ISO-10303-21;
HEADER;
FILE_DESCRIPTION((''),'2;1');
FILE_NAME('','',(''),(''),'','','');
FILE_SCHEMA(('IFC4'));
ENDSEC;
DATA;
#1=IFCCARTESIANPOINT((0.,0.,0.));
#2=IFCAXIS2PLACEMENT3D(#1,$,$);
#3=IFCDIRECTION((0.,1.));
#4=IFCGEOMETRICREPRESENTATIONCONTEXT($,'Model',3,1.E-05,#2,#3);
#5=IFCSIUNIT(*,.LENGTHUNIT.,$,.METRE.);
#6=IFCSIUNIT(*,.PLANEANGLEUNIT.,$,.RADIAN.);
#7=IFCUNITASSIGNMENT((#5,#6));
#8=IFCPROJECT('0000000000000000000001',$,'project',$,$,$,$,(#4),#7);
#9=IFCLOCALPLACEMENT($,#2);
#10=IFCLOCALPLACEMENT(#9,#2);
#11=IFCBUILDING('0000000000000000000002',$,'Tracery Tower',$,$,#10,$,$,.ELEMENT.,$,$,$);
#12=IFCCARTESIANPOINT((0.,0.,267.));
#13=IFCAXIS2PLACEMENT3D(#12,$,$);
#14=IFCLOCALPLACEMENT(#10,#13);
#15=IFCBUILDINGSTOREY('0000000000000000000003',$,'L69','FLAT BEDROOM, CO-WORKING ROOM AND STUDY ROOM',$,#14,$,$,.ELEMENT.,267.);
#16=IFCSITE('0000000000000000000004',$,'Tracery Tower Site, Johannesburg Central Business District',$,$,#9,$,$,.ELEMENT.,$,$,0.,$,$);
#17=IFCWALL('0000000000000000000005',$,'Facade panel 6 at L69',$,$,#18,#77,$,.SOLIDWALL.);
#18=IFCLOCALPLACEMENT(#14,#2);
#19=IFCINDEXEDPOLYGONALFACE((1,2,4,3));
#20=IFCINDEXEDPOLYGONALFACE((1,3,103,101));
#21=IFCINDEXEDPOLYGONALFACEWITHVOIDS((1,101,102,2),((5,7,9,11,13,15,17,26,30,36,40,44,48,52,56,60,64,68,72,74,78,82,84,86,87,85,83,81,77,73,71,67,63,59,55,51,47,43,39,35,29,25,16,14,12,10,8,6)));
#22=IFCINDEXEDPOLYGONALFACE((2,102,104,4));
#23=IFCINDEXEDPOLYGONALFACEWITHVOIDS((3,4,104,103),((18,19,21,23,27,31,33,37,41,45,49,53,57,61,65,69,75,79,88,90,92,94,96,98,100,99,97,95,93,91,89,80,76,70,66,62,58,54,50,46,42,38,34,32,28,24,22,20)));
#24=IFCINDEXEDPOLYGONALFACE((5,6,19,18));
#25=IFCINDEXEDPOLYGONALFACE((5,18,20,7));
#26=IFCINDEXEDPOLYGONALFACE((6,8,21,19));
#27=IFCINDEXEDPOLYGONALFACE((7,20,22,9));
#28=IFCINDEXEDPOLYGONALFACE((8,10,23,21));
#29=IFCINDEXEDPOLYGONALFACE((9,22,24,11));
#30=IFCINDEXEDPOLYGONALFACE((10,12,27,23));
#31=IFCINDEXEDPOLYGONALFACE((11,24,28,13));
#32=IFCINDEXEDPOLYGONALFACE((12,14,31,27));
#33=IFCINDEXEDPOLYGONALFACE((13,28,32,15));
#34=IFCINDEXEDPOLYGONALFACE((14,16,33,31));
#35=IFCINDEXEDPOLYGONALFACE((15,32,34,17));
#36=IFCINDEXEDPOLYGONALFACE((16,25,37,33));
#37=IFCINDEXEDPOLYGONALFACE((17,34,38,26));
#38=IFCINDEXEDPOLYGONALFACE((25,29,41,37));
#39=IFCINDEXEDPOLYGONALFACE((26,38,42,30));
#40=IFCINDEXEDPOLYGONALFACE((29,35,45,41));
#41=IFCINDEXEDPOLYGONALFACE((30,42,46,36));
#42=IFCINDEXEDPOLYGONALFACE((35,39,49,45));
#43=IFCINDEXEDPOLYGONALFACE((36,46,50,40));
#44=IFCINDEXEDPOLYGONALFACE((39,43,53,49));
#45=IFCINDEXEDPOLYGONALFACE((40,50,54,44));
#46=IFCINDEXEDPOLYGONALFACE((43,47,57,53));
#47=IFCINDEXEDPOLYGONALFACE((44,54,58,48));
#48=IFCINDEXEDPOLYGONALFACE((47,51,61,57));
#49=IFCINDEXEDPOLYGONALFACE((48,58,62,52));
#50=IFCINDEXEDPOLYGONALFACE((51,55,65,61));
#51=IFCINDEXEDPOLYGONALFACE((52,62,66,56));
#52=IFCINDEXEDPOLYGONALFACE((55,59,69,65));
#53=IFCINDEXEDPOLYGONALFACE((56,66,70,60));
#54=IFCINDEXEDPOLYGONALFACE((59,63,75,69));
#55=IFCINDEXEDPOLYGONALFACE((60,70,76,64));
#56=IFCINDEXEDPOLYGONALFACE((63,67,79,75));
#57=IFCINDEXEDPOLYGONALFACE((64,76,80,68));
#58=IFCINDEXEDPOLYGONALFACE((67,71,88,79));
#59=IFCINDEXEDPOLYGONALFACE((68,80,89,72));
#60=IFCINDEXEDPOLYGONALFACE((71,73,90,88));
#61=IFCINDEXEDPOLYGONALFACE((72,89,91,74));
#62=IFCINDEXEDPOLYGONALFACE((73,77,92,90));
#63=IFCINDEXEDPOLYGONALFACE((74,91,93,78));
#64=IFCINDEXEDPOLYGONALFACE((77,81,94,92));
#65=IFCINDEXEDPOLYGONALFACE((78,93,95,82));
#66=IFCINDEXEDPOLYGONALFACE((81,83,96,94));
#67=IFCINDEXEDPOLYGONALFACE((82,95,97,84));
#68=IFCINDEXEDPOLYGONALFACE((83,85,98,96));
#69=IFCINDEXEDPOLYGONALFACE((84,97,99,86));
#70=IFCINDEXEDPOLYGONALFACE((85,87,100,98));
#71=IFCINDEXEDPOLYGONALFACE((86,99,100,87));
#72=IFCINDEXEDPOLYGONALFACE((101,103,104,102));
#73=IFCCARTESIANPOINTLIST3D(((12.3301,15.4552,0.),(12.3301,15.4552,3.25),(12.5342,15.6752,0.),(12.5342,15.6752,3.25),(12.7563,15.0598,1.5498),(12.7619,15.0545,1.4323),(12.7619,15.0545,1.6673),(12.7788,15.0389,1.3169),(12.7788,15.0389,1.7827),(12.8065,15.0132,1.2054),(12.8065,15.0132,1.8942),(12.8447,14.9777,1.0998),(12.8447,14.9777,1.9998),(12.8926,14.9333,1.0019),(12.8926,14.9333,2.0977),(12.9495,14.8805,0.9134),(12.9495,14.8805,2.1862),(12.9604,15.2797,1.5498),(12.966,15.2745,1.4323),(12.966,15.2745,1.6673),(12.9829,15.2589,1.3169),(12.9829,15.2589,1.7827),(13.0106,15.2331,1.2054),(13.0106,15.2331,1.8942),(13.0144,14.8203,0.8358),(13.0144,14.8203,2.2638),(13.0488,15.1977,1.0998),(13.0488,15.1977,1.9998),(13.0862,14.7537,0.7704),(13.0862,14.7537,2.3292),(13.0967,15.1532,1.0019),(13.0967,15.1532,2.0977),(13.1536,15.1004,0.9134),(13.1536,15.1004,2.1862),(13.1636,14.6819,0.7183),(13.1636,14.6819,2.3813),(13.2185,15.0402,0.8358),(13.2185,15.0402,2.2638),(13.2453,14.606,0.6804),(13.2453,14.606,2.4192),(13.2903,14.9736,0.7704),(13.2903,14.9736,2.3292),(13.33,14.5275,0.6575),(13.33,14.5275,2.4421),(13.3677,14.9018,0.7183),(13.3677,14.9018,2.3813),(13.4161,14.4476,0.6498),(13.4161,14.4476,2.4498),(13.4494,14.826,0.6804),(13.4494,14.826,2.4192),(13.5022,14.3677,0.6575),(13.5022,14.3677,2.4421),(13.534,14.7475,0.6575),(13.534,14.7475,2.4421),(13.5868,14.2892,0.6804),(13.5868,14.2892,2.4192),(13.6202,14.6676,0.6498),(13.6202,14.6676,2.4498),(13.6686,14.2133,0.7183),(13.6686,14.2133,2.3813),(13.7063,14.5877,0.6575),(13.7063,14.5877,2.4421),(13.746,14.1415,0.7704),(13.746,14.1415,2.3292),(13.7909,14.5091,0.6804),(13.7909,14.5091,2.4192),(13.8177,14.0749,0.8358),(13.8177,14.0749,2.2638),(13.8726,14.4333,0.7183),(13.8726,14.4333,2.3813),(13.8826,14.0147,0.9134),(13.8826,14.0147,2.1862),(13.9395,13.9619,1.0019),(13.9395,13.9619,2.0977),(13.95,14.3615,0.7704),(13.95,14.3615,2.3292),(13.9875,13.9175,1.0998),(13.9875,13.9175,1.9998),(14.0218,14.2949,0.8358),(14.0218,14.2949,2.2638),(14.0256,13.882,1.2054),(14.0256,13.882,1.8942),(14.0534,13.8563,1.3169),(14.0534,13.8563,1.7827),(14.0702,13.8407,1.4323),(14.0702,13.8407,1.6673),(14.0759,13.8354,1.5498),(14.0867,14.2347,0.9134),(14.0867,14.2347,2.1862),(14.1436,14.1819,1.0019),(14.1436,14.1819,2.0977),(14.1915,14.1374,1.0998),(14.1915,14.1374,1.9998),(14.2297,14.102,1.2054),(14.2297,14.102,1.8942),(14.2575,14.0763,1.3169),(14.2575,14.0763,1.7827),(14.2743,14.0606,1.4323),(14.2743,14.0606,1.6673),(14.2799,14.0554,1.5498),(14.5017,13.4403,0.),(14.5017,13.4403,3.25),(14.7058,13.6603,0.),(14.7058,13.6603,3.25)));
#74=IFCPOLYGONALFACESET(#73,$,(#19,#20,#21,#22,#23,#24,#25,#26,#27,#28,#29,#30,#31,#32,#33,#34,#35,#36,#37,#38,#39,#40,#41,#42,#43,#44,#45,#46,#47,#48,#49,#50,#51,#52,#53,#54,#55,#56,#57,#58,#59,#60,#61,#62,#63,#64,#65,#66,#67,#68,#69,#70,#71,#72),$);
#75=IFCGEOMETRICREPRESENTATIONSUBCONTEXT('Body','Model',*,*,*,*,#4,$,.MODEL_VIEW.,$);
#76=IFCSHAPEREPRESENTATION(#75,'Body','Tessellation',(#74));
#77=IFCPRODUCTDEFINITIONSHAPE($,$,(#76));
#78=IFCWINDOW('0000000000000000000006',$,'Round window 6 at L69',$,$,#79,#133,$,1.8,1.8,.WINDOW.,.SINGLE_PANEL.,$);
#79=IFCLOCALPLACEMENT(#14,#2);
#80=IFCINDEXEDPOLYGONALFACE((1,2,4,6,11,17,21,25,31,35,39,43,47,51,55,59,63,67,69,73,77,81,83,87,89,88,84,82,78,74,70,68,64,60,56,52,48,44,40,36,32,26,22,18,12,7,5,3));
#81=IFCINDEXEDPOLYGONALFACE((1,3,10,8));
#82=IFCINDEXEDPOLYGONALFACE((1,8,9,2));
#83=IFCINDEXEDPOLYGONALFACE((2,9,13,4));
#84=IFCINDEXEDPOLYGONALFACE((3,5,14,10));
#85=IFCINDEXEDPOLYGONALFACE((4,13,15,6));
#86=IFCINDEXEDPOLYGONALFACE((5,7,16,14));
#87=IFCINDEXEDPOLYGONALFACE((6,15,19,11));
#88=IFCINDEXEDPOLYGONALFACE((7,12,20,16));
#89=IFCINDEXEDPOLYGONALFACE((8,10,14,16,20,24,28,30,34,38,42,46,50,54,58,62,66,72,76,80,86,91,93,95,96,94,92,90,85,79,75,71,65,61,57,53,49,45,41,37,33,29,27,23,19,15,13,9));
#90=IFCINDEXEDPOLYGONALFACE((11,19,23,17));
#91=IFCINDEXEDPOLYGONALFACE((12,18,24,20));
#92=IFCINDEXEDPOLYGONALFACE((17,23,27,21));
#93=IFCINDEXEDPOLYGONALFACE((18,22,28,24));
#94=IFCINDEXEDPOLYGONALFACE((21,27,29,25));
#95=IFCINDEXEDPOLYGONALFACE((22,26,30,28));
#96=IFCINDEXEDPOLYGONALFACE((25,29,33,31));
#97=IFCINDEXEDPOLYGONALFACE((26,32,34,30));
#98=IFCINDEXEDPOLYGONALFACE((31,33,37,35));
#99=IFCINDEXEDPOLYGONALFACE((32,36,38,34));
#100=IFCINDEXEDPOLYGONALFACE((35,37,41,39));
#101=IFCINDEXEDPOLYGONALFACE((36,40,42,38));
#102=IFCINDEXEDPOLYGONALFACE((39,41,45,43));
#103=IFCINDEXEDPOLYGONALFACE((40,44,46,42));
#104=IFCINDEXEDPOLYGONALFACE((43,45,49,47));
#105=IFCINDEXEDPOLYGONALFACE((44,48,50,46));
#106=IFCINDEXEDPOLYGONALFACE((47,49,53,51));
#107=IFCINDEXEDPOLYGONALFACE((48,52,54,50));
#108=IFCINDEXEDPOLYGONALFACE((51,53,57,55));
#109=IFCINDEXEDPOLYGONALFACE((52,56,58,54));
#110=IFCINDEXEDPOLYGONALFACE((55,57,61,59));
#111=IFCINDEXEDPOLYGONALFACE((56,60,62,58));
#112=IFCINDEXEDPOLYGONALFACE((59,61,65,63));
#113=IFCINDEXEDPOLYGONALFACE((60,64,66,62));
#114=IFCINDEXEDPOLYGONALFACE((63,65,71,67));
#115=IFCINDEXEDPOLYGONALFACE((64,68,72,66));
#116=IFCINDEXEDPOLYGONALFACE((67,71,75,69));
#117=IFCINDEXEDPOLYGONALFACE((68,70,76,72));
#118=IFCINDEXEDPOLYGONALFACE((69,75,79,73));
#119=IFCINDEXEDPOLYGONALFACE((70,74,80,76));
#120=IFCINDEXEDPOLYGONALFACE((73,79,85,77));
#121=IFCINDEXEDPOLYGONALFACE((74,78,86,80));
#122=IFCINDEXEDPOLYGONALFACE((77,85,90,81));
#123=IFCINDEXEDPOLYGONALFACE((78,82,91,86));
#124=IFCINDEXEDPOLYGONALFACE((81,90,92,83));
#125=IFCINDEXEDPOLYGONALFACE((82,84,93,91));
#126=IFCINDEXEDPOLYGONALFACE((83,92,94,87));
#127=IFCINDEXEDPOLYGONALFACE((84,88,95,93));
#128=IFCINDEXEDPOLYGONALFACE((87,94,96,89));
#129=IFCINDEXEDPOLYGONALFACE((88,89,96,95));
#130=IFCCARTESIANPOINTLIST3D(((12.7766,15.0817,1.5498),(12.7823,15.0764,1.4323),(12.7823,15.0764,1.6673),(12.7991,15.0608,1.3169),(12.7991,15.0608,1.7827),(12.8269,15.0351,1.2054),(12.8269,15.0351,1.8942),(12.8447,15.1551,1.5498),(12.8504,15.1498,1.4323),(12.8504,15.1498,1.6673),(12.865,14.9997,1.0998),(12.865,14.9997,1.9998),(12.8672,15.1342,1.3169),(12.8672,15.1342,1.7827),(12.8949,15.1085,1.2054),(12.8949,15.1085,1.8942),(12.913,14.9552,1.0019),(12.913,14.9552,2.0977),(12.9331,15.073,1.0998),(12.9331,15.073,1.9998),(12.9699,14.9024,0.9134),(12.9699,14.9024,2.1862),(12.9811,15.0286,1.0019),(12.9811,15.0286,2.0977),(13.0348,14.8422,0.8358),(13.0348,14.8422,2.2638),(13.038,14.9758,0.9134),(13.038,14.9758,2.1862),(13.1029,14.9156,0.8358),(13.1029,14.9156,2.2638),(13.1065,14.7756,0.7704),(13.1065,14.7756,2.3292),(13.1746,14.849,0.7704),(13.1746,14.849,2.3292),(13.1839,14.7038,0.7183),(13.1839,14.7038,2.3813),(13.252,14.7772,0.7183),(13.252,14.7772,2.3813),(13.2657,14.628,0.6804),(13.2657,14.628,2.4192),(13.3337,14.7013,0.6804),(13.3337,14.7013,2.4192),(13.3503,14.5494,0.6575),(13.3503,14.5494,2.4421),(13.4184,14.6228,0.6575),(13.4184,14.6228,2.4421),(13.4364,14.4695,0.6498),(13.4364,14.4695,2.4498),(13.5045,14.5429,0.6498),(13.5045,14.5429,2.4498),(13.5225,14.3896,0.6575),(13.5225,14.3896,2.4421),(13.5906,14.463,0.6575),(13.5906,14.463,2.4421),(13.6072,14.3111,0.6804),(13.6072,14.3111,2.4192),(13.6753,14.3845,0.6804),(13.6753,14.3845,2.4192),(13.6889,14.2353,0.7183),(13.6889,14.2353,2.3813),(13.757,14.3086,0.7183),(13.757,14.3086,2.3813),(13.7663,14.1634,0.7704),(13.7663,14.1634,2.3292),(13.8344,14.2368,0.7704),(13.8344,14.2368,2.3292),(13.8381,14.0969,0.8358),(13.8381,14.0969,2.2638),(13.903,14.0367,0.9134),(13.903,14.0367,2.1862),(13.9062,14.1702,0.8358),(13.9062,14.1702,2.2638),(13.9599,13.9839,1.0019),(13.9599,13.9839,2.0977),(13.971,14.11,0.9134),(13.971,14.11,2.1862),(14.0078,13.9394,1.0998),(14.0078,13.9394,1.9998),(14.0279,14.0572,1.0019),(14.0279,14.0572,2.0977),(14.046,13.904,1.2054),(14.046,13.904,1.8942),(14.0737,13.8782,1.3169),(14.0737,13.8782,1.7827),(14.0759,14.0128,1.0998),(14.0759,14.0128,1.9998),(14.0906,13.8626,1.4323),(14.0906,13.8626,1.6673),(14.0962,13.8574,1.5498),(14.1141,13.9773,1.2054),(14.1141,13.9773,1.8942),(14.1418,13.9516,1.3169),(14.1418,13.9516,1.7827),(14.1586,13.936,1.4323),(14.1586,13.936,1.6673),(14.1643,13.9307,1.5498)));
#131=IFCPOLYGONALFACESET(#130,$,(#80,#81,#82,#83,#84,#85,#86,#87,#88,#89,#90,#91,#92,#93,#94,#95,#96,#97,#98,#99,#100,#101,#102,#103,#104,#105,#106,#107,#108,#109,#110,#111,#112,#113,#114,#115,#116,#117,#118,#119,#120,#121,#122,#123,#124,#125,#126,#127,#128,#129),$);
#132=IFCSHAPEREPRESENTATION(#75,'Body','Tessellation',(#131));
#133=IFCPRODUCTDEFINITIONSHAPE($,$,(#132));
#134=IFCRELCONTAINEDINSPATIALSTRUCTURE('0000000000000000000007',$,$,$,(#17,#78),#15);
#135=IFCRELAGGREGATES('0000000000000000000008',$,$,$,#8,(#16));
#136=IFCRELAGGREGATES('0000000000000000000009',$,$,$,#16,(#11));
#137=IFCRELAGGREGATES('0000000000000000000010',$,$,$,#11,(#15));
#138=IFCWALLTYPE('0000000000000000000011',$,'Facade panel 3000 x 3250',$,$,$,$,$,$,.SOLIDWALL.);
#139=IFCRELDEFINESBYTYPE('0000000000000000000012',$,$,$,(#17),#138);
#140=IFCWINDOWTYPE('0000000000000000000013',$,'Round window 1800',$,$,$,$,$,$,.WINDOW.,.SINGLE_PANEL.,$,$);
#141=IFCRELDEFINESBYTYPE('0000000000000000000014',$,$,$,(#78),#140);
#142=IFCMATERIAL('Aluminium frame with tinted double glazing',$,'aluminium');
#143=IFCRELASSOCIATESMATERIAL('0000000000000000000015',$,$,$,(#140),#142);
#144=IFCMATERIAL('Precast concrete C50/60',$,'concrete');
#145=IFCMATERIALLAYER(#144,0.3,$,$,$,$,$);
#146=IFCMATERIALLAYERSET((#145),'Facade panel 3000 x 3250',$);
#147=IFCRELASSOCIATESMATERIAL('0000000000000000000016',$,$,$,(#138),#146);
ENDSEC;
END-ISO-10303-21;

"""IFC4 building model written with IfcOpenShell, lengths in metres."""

from ifc_helpers import new_model, si_unit, direction, frame, frame_2d, origin, origin_2d, place, context, subcontext, project, spatial, rectangle, circle, extrude, material, layer, layer_set, type_object, element, fill, save


model = new_model("IFC4")

# Units and contexts
model_context = context("Model", 3, precision=1e-05, world=origin(), true_north=direction((0.0, 1.0)))
body_context = subcontext(model_context, "Body", "Model", "MODEL_VIEW")
ifc_project = project(units=[si_unit("LENGTHUNIT", "METRE"), si_unit("PLANEANGLEUNIT", "RADIAN")], contexts=[model_context])

# Site, building, storey
site_placement = place(None, origin())
site = spatial("IfcSite", under=ifc_project, at=site_placement, Name="Tracery Tower Site, Johannesburg Central Business District", CompositionType="ELEMENT", RefElevation=0.0)
building_placement = place(site_placement, origin())
building = spatial("IfcBuilding", under=site, at=building_placement, Name="Tracery Tower", CompositionType="ELEMENT")
storey_placement = place(building_placement, frame((0.0, 0.0, 267.0)))
storey = spatial("IfcBuildingStorey", under=building, at=storey_placement, Name="L69", Description="FLAT BEDROOM, CO-WORKING ROOM AND STUDY ROOM", CompositionType="ELEMENT", Elevation=267.0)

# Wall, opening, window
ifc_material_1 = material(Name="Aluminium frame with tinted double glazing", Category="aluminium")
window_type = type_object("IfcWindowType", Name="Round window 1800", PartitioningType="SINGLE_PANEL", PredefinedType="WINDOW", material=ifc_material_1)
ifc_material_2 = material(Name="Precast concrete C50/60", Category="concrete")
ifc_layer_1 = layer(ifc_material_2, 0.3)
ifc_layer_set_1 = layer_set([ifc_layer_1], Name="Facade panel 3000 x 3250")
wall_type_1 = type_object("IfcWallType", Name="Facade panel 3000 x 3250", PredefinedType="SOLIDWALL", material=ifc_layer_set_1)
wall_1_placement = place(storey_placement, frame((14.6038, 13.5503, 0.0), z_axis=(0.0, 0.0, 1.0), x_axis=(-0.733066, 0.680157, 0.0)))
wall_1 = element("IfcWall", 1, at=wall_1_placement, inside=storey, type_object=wall_type_1, Name="Facade panel 6 at L69", PredefinedType="SOLIDWALL", context=body_context, shape_type="SweptSolid", body=[
    extrude(rectangle(XDim=2.9624, YDim=0.3, at=frame_2d((1.4812, 0.0))), origin(), (0.0, 0.0, 1.0), 3.25),
])
opening_1_placement = place(wall_1_placement, frame((1.481, 0.0, 1.5498)))
opening_1 = element("IfcOpeningElement", 2, at=opening_1_placement, cuts=wall_1, PredefinedType="OPENING", context=body_context, shape_type="SweptSolid", body=[
    extrude(circle(Radius=0.9, at=origin_2d()), frame((0.0, 0.1599, 0.0), z_axis=(0.0, -1.0, 0.0), x_axis=(1.0, 0.0, 0.0)), (0.0, 0.0, 1.0), 0.3201),
])
window_1_placement = place(opening_1_placement, origin())
window_1 = element("IfcWindow", 3, at=window_1_placement, inside=storey, type_object=window_type, Name="Round window 6 at L69", OverallHeight=1.8, OverallWidth=1.8, PartitioningType="SINGLE_PANEL", PredefinedType="WINDOW", context=body_context, shape_type="SweptSolid", body=[
    extrude(circle(Radius=0.9, at=origin_2d()), frame((0.0, 0.1201, 0.0), z_axis=(0.0, -1.0, 0.0), x_axis=(1.0, 0.0, 0.0)), (0.0, 0.0, 1.0), 0.1001),
])
fill(opening_1, window_1)

save(model, "model.ifc")
